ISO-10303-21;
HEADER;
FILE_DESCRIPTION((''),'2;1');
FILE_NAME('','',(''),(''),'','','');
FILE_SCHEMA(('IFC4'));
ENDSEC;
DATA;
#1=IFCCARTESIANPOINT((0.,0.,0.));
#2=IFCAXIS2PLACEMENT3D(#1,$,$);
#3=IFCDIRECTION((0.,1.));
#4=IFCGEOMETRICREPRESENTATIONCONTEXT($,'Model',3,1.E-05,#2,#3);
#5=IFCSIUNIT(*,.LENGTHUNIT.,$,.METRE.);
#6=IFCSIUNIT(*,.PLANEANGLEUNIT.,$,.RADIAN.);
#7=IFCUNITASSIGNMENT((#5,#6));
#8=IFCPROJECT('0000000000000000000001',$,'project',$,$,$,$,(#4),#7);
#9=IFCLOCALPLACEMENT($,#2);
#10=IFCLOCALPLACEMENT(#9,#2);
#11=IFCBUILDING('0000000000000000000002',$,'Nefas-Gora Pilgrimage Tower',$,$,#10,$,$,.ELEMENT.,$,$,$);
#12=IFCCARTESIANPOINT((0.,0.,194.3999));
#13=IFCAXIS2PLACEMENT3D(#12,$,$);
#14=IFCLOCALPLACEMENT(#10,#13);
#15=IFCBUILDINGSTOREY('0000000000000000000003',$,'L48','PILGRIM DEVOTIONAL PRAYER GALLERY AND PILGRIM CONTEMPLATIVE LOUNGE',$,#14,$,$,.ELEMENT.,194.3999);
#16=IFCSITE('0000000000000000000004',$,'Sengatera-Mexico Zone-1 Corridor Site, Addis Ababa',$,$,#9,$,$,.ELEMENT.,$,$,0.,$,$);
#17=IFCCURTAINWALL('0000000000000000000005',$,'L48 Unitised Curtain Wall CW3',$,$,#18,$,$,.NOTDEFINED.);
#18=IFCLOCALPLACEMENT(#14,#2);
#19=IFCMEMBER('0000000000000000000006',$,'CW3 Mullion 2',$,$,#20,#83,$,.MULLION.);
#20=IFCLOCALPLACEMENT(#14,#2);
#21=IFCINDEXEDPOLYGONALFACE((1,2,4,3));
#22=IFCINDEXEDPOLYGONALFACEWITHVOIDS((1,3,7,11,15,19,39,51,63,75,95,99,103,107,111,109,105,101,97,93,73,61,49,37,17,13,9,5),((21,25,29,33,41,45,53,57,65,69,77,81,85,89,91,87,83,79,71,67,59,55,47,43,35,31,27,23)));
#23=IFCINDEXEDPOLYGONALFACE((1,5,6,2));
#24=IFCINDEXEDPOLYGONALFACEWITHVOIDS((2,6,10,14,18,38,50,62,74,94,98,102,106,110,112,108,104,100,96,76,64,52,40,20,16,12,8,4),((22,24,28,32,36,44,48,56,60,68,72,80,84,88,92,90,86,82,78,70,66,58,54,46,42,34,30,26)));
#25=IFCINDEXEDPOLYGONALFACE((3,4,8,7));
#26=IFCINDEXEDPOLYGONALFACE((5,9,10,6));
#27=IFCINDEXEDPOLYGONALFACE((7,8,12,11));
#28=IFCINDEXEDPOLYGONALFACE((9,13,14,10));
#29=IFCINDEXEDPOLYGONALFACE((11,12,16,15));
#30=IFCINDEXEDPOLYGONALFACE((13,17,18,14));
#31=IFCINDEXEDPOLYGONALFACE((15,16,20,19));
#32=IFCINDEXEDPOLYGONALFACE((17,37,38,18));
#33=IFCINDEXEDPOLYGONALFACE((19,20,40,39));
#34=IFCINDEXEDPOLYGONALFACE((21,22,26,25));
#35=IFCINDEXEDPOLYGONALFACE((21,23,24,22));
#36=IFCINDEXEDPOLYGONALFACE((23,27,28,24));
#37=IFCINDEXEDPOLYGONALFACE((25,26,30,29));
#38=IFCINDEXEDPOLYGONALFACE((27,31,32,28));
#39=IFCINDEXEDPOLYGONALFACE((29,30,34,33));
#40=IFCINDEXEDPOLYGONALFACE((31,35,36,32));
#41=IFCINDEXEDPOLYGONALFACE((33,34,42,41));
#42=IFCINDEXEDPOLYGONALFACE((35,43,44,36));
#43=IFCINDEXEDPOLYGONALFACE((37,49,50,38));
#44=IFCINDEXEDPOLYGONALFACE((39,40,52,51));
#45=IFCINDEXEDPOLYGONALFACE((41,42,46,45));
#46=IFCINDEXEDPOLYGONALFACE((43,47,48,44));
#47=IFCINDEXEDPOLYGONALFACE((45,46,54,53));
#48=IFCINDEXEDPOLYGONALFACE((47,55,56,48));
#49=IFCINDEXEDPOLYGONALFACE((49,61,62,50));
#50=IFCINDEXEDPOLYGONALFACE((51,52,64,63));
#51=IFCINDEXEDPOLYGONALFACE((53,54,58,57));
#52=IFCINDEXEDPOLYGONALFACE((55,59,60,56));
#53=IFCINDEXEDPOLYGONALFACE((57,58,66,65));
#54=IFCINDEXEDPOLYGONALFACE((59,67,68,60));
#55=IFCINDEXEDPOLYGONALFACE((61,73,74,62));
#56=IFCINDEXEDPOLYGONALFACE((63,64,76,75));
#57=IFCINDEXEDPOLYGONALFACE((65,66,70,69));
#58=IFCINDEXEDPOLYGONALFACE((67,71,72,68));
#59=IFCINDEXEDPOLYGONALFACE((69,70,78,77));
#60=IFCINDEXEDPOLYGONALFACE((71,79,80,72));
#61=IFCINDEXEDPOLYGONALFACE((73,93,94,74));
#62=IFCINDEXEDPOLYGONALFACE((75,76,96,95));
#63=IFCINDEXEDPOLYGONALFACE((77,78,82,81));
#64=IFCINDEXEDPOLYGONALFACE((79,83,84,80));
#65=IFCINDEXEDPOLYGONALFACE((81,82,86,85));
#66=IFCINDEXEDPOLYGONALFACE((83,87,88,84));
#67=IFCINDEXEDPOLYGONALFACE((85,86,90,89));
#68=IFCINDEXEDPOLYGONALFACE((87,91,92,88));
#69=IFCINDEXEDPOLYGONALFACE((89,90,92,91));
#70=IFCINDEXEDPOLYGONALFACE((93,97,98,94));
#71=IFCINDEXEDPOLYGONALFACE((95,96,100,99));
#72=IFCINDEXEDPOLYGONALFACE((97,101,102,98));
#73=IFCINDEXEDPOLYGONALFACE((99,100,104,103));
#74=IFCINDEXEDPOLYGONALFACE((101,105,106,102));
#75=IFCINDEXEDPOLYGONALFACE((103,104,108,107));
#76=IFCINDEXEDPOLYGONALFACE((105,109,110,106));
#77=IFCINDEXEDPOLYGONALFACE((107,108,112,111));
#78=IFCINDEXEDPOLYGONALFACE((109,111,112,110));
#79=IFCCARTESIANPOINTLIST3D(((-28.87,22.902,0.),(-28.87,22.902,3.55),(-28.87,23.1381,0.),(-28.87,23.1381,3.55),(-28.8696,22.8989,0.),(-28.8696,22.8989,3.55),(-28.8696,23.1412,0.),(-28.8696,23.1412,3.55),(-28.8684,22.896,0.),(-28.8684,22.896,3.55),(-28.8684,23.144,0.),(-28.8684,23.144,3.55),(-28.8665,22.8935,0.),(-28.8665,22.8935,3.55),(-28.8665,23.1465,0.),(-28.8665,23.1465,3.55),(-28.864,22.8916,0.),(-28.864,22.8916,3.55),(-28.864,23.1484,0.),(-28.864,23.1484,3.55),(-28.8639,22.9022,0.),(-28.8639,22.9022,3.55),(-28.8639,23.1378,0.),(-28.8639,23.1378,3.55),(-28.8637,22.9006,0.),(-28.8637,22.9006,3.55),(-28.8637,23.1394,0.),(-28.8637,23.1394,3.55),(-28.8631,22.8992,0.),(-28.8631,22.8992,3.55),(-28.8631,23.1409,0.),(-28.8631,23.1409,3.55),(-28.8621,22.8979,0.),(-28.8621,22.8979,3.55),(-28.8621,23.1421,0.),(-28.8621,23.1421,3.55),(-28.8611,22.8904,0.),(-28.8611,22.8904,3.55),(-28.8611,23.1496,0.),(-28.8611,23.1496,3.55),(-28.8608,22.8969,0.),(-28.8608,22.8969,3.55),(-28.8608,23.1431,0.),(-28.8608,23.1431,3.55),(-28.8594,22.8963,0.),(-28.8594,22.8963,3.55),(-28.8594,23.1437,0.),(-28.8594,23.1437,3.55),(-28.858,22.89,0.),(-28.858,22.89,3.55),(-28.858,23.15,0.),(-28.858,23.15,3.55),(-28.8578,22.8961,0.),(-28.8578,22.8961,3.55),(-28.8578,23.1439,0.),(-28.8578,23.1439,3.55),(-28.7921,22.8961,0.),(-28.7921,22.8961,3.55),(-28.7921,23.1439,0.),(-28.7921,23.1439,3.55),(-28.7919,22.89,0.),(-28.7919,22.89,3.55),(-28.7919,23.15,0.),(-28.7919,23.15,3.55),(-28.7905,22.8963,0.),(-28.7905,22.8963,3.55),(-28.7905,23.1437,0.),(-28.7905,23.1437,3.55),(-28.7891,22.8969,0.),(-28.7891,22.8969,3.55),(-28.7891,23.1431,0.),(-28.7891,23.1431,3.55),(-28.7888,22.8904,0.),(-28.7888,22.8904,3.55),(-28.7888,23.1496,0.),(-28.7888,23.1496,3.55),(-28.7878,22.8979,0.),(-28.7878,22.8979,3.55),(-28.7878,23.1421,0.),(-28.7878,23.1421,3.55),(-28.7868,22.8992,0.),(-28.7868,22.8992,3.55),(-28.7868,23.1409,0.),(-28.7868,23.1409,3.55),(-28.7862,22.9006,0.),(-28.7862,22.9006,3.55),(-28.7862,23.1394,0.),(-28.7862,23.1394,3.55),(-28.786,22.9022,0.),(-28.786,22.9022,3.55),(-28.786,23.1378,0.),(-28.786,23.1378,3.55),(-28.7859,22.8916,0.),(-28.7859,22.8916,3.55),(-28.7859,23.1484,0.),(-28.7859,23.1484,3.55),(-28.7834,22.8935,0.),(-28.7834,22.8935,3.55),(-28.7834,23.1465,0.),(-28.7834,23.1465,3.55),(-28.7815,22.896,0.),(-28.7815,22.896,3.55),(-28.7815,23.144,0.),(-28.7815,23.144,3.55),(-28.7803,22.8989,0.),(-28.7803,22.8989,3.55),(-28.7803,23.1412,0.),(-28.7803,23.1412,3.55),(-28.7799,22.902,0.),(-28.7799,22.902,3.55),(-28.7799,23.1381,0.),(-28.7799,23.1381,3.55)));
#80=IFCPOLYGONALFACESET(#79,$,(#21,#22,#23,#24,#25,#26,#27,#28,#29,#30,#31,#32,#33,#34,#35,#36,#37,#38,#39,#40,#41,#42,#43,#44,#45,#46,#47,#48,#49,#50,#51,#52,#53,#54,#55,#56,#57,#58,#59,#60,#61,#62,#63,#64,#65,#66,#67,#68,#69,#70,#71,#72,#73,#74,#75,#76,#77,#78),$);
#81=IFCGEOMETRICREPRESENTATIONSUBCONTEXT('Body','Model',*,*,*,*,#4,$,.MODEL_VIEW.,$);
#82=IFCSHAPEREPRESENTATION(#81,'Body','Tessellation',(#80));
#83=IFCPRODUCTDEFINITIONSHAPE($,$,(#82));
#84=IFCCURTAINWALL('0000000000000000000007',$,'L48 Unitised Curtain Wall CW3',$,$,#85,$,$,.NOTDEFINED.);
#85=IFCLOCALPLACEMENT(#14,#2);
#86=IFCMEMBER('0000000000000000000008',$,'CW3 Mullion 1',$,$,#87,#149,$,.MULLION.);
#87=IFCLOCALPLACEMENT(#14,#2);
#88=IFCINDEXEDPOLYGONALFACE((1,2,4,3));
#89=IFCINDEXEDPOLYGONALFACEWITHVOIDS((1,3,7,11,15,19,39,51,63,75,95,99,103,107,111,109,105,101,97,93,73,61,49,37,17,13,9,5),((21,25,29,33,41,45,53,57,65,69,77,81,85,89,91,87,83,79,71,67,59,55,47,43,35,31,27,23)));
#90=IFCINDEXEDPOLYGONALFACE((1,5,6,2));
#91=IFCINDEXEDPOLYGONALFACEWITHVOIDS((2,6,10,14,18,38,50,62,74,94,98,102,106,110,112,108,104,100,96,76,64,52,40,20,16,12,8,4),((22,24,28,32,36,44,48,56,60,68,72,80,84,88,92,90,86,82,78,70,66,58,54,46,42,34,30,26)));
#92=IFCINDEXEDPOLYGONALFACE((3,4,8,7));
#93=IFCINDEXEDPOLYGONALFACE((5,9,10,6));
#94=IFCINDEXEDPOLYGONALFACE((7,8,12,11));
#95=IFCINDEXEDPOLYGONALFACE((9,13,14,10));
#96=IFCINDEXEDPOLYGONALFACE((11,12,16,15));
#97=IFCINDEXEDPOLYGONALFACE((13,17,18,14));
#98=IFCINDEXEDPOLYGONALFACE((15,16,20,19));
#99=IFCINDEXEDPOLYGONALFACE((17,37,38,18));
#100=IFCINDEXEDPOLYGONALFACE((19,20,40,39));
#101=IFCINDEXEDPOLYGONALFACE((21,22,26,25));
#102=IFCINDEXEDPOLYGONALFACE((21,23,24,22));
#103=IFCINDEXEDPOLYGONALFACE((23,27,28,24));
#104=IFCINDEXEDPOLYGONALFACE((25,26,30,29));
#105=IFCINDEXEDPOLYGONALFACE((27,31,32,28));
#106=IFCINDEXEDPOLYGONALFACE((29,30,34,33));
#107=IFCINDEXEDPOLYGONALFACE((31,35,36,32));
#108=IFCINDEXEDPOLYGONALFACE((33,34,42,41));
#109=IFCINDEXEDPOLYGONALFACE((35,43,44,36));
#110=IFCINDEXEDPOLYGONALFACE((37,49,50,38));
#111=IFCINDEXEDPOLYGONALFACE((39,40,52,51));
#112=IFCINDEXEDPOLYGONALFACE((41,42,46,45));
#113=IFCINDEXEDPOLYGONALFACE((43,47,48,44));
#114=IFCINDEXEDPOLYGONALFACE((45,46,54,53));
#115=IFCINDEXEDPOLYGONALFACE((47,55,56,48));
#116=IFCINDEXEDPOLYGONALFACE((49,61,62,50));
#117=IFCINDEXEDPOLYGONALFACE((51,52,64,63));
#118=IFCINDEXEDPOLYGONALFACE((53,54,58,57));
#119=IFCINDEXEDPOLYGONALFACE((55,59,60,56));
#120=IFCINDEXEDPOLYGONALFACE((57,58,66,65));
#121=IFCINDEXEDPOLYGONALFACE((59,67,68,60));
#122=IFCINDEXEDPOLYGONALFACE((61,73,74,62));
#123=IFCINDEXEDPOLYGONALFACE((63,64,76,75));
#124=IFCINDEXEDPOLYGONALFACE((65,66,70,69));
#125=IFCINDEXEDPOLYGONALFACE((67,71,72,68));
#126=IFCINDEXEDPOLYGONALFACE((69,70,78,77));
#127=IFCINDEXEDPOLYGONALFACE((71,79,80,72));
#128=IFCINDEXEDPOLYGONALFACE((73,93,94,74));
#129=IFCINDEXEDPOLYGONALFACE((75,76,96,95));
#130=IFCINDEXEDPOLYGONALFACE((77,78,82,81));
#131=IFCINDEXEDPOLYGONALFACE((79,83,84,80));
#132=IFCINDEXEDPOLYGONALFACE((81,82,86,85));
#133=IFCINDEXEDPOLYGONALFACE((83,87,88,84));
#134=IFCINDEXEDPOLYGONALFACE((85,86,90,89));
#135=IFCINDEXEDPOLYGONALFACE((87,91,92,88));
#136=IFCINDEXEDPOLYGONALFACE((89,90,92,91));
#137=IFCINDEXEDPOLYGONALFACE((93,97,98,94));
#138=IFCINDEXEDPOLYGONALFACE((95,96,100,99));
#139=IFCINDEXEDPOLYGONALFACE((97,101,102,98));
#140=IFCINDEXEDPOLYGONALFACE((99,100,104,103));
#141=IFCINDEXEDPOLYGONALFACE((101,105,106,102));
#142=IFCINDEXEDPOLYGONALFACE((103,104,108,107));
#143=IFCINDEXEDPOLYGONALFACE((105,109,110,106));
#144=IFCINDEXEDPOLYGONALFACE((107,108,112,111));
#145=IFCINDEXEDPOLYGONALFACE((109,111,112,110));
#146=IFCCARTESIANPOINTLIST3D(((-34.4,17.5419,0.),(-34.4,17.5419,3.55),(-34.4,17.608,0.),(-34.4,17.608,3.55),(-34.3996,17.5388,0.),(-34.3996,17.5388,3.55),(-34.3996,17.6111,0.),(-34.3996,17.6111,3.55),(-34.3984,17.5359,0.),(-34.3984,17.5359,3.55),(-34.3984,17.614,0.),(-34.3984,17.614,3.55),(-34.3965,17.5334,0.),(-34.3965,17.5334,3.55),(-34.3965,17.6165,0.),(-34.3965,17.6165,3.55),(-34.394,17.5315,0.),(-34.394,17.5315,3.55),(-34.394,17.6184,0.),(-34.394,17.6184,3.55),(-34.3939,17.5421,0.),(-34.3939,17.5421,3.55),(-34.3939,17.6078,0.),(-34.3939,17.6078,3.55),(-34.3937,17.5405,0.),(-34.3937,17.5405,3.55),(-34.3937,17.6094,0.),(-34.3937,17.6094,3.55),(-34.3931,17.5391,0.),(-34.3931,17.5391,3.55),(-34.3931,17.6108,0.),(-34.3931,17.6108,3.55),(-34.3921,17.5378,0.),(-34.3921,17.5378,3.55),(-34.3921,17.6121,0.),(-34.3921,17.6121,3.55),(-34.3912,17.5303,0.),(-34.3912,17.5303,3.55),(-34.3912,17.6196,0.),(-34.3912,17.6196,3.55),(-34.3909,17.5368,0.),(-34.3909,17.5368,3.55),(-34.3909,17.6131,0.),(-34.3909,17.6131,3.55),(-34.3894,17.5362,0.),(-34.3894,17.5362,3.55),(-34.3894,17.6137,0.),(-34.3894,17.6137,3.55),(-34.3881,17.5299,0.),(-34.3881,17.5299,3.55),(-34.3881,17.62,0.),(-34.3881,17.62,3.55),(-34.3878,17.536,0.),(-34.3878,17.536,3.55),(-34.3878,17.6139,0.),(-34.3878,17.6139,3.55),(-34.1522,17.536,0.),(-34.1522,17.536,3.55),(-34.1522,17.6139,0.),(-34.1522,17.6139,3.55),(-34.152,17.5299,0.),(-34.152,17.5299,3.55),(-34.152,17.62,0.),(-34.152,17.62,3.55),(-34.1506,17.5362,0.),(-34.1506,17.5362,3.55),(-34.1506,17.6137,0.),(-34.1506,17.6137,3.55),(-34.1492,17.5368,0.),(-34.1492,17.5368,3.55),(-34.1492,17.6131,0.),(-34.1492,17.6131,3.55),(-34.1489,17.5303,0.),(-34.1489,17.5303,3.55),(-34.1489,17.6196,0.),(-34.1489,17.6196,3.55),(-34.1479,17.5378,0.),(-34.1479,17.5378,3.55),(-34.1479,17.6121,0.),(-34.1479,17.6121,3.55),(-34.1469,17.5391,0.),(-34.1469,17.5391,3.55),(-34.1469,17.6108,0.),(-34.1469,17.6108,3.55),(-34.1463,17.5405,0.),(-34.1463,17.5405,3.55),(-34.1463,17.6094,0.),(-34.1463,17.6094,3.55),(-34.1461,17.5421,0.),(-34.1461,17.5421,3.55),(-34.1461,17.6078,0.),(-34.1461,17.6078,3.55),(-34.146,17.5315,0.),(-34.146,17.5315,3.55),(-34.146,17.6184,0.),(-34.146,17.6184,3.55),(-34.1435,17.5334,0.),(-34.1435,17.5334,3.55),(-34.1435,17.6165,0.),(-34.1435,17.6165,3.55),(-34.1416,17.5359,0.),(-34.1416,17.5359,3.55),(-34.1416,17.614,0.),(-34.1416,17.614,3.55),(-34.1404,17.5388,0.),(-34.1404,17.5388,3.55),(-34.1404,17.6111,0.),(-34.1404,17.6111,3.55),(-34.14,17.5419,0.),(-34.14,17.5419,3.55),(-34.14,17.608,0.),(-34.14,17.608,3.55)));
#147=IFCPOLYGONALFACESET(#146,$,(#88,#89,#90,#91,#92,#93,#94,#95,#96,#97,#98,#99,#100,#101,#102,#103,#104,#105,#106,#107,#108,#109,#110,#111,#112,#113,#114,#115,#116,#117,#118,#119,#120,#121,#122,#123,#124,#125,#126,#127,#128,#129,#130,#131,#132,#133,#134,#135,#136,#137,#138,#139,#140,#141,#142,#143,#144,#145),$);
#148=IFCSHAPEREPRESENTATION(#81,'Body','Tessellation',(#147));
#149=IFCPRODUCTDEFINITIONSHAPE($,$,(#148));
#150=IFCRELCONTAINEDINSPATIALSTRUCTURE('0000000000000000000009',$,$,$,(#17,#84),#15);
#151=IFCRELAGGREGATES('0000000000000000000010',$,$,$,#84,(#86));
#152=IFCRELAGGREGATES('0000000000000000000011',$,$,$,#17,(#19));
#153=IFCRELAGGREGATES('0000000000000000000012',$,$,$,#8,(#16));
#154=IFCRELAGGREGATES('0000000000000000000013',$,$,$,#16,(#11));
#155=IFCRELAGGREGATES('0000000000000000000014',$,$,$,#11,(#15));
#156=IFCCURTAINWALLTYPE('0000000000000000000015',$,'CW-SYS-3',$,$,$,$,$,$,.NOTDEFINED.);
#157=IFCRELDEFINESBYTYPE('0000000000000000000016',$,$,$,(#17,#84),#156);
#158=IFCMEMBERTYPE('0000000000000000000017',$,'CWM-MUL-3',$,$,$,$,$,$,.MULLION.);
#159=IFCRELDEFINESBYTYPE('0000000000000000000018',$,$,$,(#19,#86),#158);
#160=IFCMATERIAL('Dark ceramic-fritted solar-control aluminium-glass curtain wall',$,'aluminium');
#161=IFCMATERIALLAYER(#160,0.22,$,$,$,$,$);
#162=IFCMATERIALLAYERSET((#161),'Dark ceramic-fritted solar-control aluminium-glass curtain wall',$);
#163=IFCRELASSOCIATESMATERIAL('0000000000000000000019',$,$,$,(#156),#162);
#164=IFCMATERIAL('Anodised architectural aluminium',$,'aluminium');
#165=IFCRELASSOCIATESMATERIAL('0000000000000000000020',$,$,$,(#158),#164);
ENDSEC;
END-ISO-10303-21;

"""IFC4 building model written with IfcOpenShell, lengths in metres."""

from ifc_helpers import new_model, si_unit, direction, frame, origin, origin_2d, place, context, subcontext, project, spatial, hollow_rectangle, extrude, source, transform, mapped, material, layer, layer_set, material_profile, profile_set, type_object, element, aggregate, save


model = new_model("IFC4")

# Units and contexts
model_context = context("Model", 3, precision=1e-05, world=origin(), true_north=direction((0.0, 1.0)))
body_context = subcontext(model_context, "Body", "Model", "MODEL_VIEW")
ifc_project = project(units=[si_unit("LENGTHUNIT", "METRE"), si_unit("PLANEANGLEUNIT", "RADIAN")], contexts=[model_context])

# Site, building, storey
site_placement = place(None, origin())
site = spatial("IfcSite", under=ifc_project, at=site_placement, Name="Sengatera-Mexico Zone-1 Corridor Site, Addis Ababa", CompositionType="ELEMENT", RefElevation=0.0)
building_placement = place(site_placement, origin())
building = spatial("IfcBuilding", under=site, at=building_placement, Name="Nefas-Gora Pilgrimage Tower", CompositionType="ELEMENT")
storey_placement = place(building_placement, frame((0.0, 0.0, 194.3999)))
storey = spatial("IfcBuildingStorey", under=building, at=storey_placement, Name="L48", Description="PILGRIM DEVOTIONAL PRAYER GALLERY AND PILGRIM CONTEMPLATIVE LOUNGE", CompositionType="ELEMENT", Elevation=194.3999)

# Shared definitions
ifc_material_1 = material(Name="Dark ceramic-fritted solar-control aluminium-glass curtain wall", Category="aluminium")
ifc_material_2 = material(Name="Anodised architectural aluminium", Category="aluminium")

# Curtain walls, members
ifc_layer_1 = layer(ifc_material_1, 0.22)
ifc_layer_set_1 = layer_set([ifc_layer_1], Name="Dark ceramic-fritted solar-control aluminium-glass curtain wall")
curtain_wall_type_1 = type_object("IfcCurtainWallType", Name="CW-SYS-3", PredefinedType="NOTDEFINED", material=ifc_layer_set_1)
curtain_wall_1_placement = place(storey_placement, origin())
curtain_wall_1 = element("IfcCurtainWall", 1, at=curtain_wall_1_placement, inside=storey, type_object=curtain_wall_type_1, Name="L48 Unitised Curtain Wall CW3", PredefinedType="NOTDEFINED")
ifc_material_profile_1 = material_profile(ifc_material_2, hollow_rectangle(XDim=0.0901, YDim=0.26, WallThickness=0.0061, InnerFilletRadius=0.0061, OuterFilletRadius=0.012, at=origin_2d()), Name="ALU MULLION 90x260")
ifc_profile_set_1 = profile_set([ifc_material_profile_1], Name="Anodised architectural aluminium")
member_type_1 = type_object("IfcMemberType", Name="CWM-MUL-3", PredefinedType="MULLION", material=ifc_profile_set_1)
shared_shape_1 = source(origin(), body_context, "Body", "SweptSolid", [
    extrude(hollow_rectangle(XDim=0.0901, YDim=0.26, WallThickness=0.0061, InnerFilletRadius=0.0061, OuterFilletRadius=0.012, at=origin_2d()), origin(), (0.0, 0.0, 1.0), 3.55),
])
member_1_placement = place(storey_placement, frame((-28.825, 23.02, 0.0), z_axis=(0.0, 0.0, 1.0), x_axis=(-1.0, 0.0, 0.0)))
member_1 = element("IfcMember", 2, at=member_1_placement, type_object=member_type_1, Name="CW3 Mullion 2", PredefinedType="MULLION", context=body_context, shape_type="MappedRepresentation", body=[
    mapped(shared_shape_1, transform((0.0, 0.0, 0.0), x_axis=(1.0, 0.0, 0.0), y_axis=(0.0, 1.0, 0.0), z_axis=(0.0, 0.0, 1.0), scale=1.0)),
])
curtain_wall_2_placement = place(storey_placement, origin())
curtain_wall_2 = element("IfcCurtainWall", 3, at=curtain_wall_2_placement, inside=storey, type_object=curtain_wall_type_1, Name="L48 Unitised Curtain Wall CW3", PredefinedType="NOTDEFINED")
member_2_placement = place(storey_placement, frame((-34.27, 17.575, 0.0), z_axis=(0.0, 0.0, 1.0), x_axis=(0.0, -1.0, 0.0)))
member_2 = element("IfcMember", 4, at=member_2_placement, type_object=member_type_1, Name="CW3 Mullion 1", PredefinedType="MULLION", context=body_context, shape_type="MappedRepresentation", body=[
    mapped(shared_shape_1, transform((0.0, 0.0, 0.0), x_axis=(1.0, 0.0, 0.0), y_axis=(0.0, 1.0, 0.0), z_axis=(0.0, 0.0, 1.0), scale=1.0)),
])

aggregate(curtain_wall_2, [member_2])
aggregate(curtain_wall_1, [member_1])

save(model, "model.ifc")
